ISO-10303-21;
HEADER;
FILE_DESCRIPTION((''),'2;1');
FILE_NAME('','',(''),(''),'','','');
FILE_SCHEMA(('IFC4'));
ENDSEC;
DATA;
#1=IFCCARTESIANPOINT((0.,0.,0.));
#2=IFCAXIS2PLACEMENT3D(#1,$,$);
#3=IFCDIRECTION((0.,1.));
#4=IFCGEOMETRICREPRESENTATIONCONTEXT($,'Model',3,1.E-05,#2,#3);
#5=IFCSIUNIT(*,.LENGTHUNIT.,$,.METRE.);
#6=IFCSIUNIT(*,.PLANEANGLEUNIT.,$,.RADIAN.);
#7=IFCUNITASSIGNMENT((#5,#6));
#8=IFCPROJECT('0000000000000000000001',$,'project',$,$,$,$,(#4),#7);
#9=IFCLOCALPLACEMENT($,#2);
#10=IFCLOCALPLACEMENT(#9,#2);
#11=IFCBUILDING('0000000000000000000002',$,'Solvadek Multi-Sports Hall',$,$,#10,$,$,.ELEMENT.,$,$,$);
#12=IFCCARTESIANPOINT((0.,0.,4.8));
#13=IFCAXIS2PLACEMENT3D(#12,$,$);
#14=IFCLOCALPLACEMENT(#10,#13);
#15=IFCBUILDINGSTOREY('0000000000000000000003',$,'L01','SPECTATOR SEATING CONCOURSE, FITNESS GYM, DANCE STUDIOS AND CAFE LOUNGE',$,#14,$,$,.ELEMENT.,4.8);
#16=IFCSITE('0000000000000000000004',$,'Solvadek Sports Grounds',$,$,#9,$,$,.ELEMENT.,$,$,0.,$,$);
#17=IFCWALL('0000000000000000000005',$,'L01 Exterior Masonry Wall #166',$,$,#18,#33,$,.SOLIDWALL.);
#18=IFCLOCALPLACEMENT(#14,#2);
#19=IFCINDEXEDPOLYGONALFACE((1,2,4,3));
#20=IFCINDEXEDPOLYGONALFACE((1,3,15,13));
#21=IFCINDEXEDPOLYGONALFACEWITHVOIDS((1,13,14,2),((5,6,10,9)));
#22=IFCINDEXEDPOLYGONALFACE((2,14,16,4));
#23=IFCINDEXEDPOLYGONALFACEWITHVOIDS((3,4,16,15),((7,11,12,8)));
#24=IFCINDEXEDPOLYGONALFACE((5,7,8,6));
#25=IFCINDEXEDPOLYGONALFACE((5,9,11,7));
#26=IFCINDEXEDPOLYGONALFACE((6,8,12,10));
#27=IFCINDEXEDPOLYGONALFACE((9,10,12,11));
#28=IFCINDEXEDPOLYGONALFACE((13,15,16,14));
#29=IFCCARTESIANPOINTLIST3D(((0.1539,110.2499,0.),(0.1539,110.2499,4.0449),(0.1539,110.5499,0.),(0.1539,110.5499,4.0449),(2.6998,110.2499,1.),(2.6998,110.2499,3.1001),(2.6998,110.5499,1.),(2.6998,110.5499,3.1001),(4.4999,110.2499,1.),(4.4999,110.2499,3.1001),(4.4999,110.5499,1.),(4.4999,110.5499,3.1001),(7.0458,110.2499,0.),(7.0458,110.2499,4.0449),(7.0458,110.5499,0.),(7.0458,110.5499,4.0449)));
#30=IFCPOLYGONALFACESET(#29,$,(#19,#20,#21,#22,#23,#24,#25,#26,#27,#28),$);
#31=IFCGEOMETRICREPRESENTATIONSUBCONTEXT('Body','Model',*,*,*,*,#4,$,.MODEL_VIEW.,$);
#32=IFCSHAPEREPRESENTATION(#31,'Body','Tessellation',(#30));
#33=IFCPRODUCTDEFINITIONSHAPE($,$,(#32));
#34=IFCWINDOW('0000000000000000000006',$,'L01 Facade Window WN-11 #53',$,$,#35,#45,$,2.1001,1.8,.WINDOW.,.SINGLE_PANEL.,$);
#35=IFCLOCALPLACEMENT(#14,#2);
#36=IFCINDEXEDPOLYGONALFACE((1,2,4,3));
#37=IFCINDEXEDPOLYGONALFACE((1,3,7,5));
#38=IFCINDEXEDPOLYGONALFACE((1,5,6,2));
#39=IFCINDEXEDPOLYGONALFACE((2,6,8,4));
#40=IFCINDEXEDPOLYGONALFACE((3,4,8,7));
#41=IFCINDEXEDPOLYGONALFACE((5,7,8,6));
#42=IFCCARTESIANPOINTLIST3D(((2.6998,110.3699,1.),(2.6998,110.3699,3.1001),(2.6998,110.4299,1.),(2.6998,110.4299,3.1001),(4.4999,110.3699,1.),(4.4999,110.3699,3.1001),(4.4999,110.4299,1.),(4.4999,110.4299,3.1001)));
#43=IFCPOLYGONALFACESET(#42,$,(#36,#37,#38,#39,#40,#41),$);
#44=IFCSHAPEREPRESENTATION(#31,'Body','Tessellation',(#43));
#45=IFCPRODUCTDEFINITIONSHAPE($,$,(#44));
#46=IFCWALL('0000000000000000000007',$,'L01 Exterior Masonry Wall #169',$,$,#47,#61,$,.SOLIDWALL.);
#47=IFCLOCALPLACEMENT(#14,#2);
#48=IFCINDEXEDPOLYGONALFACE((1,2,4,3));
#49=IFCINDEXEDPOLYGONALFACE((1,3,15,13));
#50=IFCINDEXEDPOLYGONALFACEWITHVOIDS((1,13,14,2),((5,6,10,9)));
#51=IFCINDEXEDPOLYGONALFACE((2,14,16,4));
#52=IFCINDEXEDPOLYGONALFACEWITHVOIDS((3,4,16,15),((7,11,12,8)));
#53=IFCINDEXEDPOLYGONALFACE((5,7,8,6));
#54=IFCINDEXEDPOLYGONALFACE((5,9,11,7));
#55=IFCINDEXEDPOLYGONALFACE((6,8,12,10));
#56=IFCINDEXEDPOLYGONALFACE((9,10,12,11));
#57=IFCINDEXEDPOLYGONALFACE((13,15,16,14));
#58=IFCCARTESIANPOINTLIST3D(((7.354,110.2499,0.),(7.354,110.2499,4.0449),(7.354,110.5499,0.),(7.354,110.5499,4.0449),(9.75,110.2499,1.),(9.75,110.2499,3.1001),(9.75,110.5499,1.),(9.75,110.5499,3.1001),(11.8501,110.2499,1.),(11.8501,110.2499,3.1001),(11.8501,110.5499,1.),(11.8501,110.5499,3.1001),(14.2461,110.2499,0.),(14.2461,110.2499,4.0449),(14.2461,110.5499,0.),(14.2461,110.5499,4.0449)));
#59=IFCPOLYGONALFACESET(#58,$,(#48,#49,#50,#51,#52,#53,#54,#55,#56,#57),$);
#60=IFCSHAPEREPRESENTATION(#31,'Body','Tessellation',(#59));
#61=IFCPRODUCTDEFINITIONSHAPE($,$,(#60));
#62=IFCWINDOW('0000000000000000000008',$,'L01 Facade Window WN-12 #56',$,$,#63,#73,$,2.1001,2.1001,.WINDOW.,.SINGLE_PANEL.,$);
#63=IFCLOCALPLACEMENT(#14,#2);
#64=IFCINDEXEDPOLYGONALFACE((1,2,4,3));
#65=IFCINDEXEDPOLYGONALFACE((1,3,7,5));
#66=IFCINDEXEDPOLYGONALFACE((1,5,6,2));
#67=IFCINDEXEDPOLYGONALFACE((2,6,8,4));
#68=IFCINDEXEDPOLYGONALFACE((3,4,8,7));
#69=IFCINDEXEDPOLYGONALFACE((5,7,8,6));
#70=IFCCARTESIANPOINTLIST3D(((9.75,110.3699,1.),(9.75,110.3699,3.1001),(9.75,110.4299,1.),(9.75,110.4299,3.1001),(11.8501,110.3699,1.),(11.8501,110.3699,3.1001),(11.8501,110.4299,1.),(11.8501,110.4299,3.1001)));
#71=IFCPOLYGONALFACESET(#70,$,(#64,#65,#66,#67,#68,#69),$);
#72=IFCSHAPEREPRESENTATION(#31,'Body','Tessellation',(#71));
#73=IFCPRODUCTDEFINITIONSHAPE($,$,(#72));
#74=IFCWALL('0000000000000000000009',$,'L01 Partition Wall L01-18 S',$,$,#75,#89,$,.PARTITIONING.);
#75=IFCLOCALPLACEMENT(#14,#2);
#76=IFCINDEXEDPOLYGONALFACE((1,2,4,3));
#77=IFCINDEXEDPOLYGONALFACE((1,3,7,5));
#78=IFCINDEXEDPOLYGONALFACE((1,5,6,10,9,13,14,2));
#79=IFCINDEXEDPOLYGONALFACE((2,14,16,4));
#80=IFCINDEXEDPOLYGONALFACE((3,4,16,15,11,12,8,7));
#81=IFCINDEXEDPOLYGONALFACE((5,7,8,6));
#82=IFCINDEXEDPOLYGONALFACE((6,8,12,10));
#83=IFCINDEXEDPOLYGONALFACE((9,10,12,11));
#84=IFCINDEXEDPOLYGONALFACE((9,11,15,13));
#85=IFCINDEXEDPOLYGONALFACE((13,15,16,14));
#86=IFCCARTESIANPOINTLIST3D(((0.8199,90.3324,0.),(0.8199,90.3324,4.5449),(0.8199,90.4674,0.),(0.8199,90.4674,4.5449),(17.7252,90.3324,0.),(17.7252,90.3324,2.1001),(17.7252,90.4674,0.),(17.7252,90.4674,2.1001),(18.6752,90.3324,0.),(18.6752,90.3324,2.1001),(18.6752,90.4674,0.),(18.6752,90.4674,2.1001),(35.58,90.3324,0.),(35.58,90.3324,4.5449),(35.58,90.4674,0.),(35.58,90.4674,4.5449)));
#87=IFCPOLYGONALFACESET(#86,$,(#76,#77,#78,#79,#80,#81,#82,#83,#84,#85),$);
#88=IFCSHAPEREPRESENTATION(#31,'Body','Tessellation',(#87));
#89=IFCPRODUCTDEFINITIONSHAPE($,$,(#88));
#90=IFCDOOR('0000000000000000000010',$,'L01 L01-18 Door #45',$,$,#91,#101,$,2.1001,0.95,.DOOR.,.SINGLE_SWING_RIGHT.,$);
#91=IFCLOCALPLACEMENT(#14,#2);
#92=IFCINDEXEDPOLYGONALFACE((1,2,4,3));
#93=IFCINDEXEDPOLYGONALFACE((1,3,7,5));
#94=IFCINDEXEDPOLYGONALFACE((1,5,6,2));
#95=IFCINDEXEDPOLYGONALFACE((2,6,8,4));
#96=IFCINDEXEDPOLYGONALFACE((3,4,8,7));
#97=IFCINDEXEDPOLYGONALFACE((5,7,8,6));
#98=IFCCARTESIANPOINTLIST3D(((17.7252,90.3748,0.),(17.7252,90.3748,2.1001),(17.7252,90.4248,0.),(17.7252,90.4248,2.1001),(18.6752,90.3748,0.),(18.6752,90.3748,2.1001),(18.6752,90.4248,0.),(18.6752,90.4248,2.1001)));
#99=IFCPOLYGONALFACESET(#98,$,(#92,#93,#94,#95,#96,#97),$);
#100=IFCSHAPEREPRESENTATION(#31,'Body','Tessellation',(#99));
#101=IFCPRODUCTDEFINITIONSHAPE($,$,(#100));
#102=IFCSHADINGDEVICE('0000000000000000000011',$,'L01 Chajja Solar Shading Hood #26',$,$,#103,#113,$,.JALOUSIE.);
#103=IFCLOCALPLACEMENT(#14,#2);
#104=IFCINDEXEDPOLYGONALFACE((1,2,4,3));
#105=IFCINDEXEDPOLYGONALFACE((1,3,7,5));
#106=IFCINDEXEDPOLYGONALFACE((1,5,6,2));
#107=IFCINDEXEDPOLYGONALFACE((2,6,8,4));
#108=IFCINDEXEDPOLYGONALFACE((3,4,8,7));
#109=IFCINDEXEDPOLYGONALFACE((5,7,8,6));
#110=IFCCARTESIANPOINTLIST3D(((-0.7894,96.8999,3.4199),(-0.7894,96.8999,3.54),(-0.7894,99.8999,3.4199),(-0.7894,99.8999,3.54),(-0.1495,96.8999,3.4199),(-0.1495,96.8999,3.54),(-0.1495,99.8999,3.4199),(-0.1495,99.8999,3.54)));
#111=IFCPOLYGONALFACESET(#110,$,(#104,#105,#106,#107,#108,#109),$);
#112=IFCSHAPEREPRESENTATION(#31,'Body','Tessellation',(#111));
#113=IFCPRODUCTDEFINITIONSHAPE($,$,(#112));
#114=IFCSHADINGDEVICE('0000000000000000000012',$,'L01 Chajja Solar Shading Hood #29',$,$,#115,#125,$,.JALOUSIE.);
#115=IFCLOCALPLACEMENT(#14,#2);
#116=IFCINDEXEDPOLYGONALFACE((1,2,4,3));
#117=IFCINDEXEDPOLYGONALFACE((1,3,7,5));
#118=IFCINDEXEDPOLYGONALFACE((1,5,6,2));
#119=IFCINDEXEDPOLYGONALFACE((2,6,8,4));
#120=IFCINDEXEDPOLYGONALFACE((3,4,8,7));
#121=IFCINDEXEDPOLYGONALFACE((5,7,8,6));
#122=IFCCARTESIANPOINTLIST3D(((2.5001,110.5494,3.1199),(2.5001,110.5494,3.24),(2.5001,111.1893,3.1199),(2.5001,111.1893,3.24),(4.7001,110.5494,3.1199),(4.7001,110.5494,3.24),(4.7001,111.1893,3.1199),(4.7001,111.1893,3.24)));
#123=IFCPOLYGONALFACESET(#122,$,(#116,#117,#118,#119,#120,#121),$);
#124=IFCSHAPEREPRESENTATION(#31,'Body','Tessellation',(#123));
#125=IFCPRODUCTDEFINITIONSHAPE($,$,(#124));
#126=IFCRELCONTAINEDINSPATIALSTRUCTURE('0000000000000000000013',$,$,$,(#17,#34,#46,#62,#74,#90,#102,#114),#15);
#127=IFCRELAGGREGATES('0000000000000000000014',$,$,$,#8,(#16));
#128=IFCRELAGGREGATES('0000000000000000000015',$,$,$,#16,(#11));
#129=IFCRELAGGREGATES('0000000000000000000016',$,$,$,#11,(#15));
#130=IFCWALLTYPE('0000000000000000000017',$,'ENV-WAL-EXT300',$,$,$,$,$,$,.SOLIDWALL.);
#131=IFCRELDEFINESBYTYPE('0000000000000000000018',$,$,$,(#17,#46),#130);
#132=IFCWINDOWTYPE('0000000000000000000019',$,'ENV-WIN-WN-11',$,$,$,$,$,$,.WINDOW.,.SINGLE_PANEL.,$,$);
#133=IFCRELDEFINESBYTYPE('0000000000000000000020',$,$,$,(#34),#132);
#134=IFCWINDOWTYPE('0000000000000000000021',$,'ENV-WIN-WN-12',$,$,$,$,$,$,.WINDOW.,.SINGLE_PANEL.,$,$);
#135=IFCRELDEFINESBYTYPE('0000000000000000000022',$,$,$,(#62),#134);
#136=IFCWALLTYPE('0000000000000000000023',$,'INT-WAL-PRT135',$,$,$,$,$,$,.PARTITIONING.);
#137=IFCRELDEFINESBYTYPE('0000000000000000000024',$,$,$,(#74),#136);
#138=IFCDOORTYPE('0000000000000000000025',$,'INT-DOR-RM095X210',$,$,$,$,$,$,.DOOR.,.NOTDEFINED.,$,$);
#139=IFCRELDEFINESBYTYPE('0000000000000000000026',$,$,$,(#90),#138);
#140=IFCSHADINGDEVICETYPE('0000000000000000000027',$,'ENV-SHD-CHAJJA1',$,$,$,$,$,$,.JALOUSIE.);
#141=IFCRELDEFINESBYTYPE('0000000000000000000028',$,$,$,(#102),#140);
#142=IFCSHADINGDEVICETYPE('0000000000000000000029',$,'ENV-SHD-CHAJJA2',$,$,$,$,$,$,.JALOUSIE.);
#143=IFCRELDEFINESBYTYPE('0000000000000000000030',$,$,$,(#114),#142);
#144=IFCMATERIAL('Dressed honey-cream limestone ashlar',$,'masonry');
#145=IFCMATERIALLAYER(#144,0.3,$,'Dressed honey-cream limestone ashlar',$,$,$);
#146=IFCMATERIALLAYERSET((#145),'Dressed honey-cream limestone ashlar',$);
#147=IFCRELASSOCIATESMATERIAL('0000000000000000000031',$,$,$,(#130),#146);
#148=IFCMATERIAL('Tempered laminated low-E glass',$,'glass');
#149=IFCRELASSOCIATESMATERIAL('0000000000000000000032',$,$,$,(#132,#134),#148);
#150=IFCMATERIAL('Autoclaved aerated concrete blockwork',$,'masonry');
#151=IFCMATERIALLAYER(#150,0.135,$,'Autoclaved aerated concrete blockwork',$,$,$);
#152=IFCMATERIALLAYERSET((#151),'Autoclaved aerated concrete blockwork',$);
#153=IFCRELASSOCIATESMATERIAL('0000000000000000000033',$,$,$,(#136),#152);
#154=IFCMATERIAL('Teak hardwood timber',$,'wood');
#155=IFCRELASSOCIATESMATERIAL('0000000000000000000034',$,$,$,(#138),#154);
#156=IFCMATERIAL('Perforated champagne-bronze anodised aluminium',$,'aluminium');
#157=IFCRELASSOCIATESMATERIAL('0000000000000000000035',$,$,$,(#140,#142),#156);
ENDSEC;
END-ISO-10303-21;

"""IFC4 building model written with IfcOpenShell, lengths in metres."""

from ifc_helpers import new_model, si_unit, direction, frame, frame_2d, origin, origin_2d, place, context, subcontext, project, spatial, rectangle, extrude, material, layer, layer_set, type_object, element, fill, save


model = new_model("IFC4")

# Units and contexts
model_context = context("Model", 3, precision=1e-05, world=origin(), true_north=direction((0.0, 1.0)))
body_context = subcontext(model_context, "Body", "Model", "MODEL_VIEW")
ifc_project = project(units=[si_unit("LENGTHUNIT", "METRE"), si_unit("PLANEANGLEUNIT", "RADIAN")], contexts=[model_context])

# Site, building, storey
site_placement = place(None, origin())
site = spatial("IfcSite", under=ifc_project, at=site_placement, Name="Solvadek Sports Grounds", CompositionType="ELEMENT", RefElevation=0.0)
building_placement = place(site_placement, origin())
building = spatial("IfcBuilding", under=site, at=building_placement, Name="Solvadek Multi-Sports Hall", CompositionType="ELEMENT")
storey_placement = place(building_placement, frame((0.0, 0.0, 4.8)))
storey = spatial("IfcBuildingStorey", under=building, at=storey_placement, Name="L01", Description="SPECTATOR SEATING CONCOURSE, FITNESS GYM, DANCE STUDIOS AND CAFE LOUNGE", CompositionType="ELEMENT", Elevation=4.8)

# Walls, openings, windows
ifc_material_1 = material(Name="Dressed honey-cream limestone ashlar", Category="masonry")
ifc_layer_1 = layer(ifc_material_1, 0.3, Name="Dressed honey-cream limestone ashlar")
ifc_layer_set_1 = layer_set([ifc_layer_1], Name="Dressed honey-cream limestone ashlar")
wall_type_1 = type_object("IfcWallType", Name="ENV-WAL-EXT300", PredefinedType="SOLIDWALL", material=ifc_layer_set_1)
ifc_material_2 = material(Name="Tempered laminated low-E glass", Category="glass")
wall_1_placement = place(storey_placement, frame((0.1541, 110.3999, 0.0), z_axis=(0.0, 0.0, 1.0), x_axis=(1.0, 0.0, 0.0)))
wall_1 = element("IfcWall", 1, at=wall_1_placement, inside=storey, type_object=wall_type_1, Name="L01 Exterior Masonry Wall #166", PredefinedType="SOLIDWALL", context=body_context, shape_type="SweptSolid", body=[
    extrude(rectangle(XDim=6.8918, YDim=0.3, at=frame_2d((3.4458, 0.0))), origin(), (0.0, 0.0, 1.0), 4.0449),
])
opening_1_placement = place(wall_1_placement, frame((2.5459, 0.0, 1.0)))
opening_1 = element("IfcOpeningElement", 2, at=opening_1_placement, cuts=wall_1, PredefinedType="OPENING", context=body_context, shape_type="SweptSolid", body=[
    extrude(rectangle(XDim=1.8, YDim=2.1001, at=frame_2d((0.8999, 1.05))), frame((0.0, 0.1599, 0.0), z_axis=(0.0, -1.0, 0.0), x_axis=(1.0, 0.0, 0.0)), (0.0, 0.0, 1.0), 0.3201),
])
window_type_1 = type_object("IfcWindowType", Name="ENV-WIN-WN-11", PartitioningType="SINGLE_PANEL", PredefinedType="WINDOW", material=ifc_material_2)
window_1_placement = place(opening_1_placement, origin())
window_1 = element("IfcWindow", 3, at=window_1_placement, inside=storey, type_object=window_type_1, Name="L01 Facade Window WN-11 #53", OverallHeight=2.1001, OverallWidth=1.8, PartitioningType="SINGLE_PANEL", PredefinedType="WINDOW", context=body_context, shape_type="SweptSolid", body=[
    extrude(rectangle(XDim=1.8, YDim=2.1001, at=frame_2d((0.8999, 1.05))), frame((0.0, 0.03, 0.0), z_axis=(0.0, -1.0, 0.0), x_axis=(1.0, 0.0, 0.0)), (0.0, 0.0, 1.0), 0.0601),
])
fill(opening_1, window_1)
wall_2_placement = place(storey_placement, frame((7.354, 110.3999, 0.0), z_axis=(0.0, 0.0, 1.0), x_axis=(1.0, 0.0, 0.0)))
wall_2 = element("IfcWall", 4, at=wall_2_placement, inside=storey, type_object=wall_type_1, Name="L01 Exterior Masonry Wall #169", PredefinedType="SOLIDWALL", context=body_context, shape_type="SweptSolid", body=[
    extrude(rectangle(XDim=6.8921, YDim=0.3, at=frame_2d((3.446, 0.0))), origin(), (0.0, 0.0, 1.0), 4.0449),
])
opening_2_placement = place(wall_2_placement, frame((2.396, 0.0, 1.0)))
opening_2 = element("IfcOpeningElement", 5, at=opening_2_placement, cuts=wall_2, PredefinedType="OPENING", context=body_context, shape_type="SweptSolid", body=[
    extrude(rectangle(XDim=2.1001, YDim=2.1001, at=frame_2d((1.05, 1.05))), frame((0.0, 0.1599, 0.0), z_axis=(0.0, -1.0, 0.0), x_axis=(1.0, 0.0, 0.0)), (0.0, 0.0, 1.0), 0.3201),
])
window_type_2 = type_object("IfcWindowType", Name="ENV-WIN-WN-12", PartitioningType="SINGLE_PANEL", PredefinedType="WINDOW", material=ifc_material_2)
window_2_placement = place(opening_2_placement, origin())
window_2 = element("IfcWindow", 6, at=window_2_placement, inside=storey, type_object=window_type_2, Name="L01 Facade Window WN-12 #56", OverallHeight=2.1001, OverallWidth=2.1001, PartitioningType="SINGLE_PANEL", PredefinedType="WINDOW", context=body_context, shape_type="SweptSolid", body=[
    extrude(rectangle(XDim=2.1001, YDim=2.1001, at=frame_2d((1.05, 1.05))), frame((0.0, 0.03, 0.0), z_axis=(0.0, -1.0, 0.0), x_axis=(1.0, 0.0, 0.0)), (0.0, 0.0, 1.0), 0.0601),
])
fill(opening_2, window_2)

# Wall, opening, door
ifc_material_3 = material(Name="Autoclaved aerated concrete blockwork", Category="masonry")
ifc_layer_2 = layer(ifc_material_3, 0.135, Name="Autoclaved aerated concrete blockwork")
ifc_layer_set_2 = layer_set([ifc_layer_2], Name="Autoclaved aerated concrete blockwork")
wall_type_2 = type_object("IfcWallType", Name="INT-WAL-PRT135", PredefinedType="PARTITIONING", material=ifc_layer_set_2)
wall_3_placement = place(storey_placement, frame((0.8201, 90.3999, 0.0), z_axis=(0.0, 0.0, 1.0), x_axis=(1.0, 0.0, 0.0)))
wall_3 = element("IfcWall", 7, at=wall_3_placement, inside=storey, type_object=wall_type_2, Name="L01 Partition Wall L01-18 S", PredefinedType="PARTITIONING", context=body_context, shape_type="SweptSolid", body=[
    extrude(rectangle(XDim=34.76, YDim=0.135, at=frame_2d((17.3799, 0.0))), origin(), (0.0, 0.0, 1.0), 4.5449),
])
opening_3_placement = place(wall_3_placement, frame((16.905, 0.0, 0.0)))
opening_3 = element("IfcOpeningElement", 8, at=opening_3_placement, cuts=wall_3, PredefinedType="OPENING", context=body_context, shape_type="SweptSolid", body=[
    extrude(rectangle(XDim=0.95, YDim=2.1001, at=frame_2d((0.4751, 1.05))), frame((0.0, 0.0774, 0.0), z_axis=(0.0, -1.0, 0.0), x_axis=(1.0, 0.0, 0.0)), (0.0, 0.0, 1.0), 0.155),
])
ifc_material_4 = material(Name="Teak hardwood timber", Category="wood")
door_type = type_object("IfcDoorType", Name="INT-DOR-RM095X210", OperationType="NOTDEFINED", PredefinedType="DOOR", material=ifc_material_4)
door_placement = place(opening_3_placement, origin())
door = element("IfcDoor", 9, at=door_placement, inside=storey, type_object=door_type, Name="L01 L01-18 Door #45", OperationType="SINGLE_SWING_RIGHT", OverallHeight=2.1001, OverallWidth=0.95, PredefinedType="DOOR", context=body_context, shape_type="SweptSolid", body=[
    extrude(rectangle(XDim=0.95, YDim=2.1001, at=frame_2d((0.4751, 1.05))), frame((0.0, 0.0249, 0.0), z_axis=(0.0, -1.0, 0.0), x_axis=(1.0, 0.0, 0.0)), (0.0, 0.0, 1.0), 0.05),
])
fill(opening_3, door)

# Shading devices
ifc_material_5 = material(Name="Perforated champagne-bronze anodised aluminium", Category="aluminium")
shading_device_type_1 = type_object("IfcShadingDeviceType", Name="ENV-SHD-CHAJJA1", PredefinedType="JALOUSIE", material=ifc_material_5)
shading_device_1_placement = place(storey_placement, frame((-0.4695, 98.3999, 3.4199), z_axis=(0.0, 0.0, 1.0), x_axis=(0.0, 1.0, 0.0)))
element("IfcShadingDevice", 10, at=shading_device_1_placement, inside=storey, type_object=shading_device_type_1, Name="L01 Chajja Solar Shading Hood #26", PredefinedType="JALOUSIE", context=body_context, shape_type="SweptSolid", body=[
    extrude(rectangle(XDim=3.0, YDim=0.6399, at=origin_2d()), origin(), (0.0, 0.0, 1.0), 0.1201),
])
shading_device_type_2 = type_object("IfcShadingDeviceType", Name="ENV-SHD-CHAJJA2", PredefinedType="JALOUSIE", material=ifc_material_5)
shading_device_2_placement = place(storey_placement, frame((3.6001, 110.8694, 3.1199), z_axis=(0.0, 0.0, 1.0), x_axis=(1.0, 0.0, 0.0)))
element("IfcShadingDevice", 11, at=shading_device_2_placement, inside=storey, type_object=shading_device_type_2, Name="L01 Chajja Solar Shading Hood #29", PredefinedType="JALOUSIE", context=body_context, shape_type="SweptSolid", body=[
    extrude(rectangle(XDim=2.2, YDim=0.6399, at=origin_2d()), origin(), (0.0, 0.0, 1.0), 0.1201),
])

save(model, "model.ifc")
